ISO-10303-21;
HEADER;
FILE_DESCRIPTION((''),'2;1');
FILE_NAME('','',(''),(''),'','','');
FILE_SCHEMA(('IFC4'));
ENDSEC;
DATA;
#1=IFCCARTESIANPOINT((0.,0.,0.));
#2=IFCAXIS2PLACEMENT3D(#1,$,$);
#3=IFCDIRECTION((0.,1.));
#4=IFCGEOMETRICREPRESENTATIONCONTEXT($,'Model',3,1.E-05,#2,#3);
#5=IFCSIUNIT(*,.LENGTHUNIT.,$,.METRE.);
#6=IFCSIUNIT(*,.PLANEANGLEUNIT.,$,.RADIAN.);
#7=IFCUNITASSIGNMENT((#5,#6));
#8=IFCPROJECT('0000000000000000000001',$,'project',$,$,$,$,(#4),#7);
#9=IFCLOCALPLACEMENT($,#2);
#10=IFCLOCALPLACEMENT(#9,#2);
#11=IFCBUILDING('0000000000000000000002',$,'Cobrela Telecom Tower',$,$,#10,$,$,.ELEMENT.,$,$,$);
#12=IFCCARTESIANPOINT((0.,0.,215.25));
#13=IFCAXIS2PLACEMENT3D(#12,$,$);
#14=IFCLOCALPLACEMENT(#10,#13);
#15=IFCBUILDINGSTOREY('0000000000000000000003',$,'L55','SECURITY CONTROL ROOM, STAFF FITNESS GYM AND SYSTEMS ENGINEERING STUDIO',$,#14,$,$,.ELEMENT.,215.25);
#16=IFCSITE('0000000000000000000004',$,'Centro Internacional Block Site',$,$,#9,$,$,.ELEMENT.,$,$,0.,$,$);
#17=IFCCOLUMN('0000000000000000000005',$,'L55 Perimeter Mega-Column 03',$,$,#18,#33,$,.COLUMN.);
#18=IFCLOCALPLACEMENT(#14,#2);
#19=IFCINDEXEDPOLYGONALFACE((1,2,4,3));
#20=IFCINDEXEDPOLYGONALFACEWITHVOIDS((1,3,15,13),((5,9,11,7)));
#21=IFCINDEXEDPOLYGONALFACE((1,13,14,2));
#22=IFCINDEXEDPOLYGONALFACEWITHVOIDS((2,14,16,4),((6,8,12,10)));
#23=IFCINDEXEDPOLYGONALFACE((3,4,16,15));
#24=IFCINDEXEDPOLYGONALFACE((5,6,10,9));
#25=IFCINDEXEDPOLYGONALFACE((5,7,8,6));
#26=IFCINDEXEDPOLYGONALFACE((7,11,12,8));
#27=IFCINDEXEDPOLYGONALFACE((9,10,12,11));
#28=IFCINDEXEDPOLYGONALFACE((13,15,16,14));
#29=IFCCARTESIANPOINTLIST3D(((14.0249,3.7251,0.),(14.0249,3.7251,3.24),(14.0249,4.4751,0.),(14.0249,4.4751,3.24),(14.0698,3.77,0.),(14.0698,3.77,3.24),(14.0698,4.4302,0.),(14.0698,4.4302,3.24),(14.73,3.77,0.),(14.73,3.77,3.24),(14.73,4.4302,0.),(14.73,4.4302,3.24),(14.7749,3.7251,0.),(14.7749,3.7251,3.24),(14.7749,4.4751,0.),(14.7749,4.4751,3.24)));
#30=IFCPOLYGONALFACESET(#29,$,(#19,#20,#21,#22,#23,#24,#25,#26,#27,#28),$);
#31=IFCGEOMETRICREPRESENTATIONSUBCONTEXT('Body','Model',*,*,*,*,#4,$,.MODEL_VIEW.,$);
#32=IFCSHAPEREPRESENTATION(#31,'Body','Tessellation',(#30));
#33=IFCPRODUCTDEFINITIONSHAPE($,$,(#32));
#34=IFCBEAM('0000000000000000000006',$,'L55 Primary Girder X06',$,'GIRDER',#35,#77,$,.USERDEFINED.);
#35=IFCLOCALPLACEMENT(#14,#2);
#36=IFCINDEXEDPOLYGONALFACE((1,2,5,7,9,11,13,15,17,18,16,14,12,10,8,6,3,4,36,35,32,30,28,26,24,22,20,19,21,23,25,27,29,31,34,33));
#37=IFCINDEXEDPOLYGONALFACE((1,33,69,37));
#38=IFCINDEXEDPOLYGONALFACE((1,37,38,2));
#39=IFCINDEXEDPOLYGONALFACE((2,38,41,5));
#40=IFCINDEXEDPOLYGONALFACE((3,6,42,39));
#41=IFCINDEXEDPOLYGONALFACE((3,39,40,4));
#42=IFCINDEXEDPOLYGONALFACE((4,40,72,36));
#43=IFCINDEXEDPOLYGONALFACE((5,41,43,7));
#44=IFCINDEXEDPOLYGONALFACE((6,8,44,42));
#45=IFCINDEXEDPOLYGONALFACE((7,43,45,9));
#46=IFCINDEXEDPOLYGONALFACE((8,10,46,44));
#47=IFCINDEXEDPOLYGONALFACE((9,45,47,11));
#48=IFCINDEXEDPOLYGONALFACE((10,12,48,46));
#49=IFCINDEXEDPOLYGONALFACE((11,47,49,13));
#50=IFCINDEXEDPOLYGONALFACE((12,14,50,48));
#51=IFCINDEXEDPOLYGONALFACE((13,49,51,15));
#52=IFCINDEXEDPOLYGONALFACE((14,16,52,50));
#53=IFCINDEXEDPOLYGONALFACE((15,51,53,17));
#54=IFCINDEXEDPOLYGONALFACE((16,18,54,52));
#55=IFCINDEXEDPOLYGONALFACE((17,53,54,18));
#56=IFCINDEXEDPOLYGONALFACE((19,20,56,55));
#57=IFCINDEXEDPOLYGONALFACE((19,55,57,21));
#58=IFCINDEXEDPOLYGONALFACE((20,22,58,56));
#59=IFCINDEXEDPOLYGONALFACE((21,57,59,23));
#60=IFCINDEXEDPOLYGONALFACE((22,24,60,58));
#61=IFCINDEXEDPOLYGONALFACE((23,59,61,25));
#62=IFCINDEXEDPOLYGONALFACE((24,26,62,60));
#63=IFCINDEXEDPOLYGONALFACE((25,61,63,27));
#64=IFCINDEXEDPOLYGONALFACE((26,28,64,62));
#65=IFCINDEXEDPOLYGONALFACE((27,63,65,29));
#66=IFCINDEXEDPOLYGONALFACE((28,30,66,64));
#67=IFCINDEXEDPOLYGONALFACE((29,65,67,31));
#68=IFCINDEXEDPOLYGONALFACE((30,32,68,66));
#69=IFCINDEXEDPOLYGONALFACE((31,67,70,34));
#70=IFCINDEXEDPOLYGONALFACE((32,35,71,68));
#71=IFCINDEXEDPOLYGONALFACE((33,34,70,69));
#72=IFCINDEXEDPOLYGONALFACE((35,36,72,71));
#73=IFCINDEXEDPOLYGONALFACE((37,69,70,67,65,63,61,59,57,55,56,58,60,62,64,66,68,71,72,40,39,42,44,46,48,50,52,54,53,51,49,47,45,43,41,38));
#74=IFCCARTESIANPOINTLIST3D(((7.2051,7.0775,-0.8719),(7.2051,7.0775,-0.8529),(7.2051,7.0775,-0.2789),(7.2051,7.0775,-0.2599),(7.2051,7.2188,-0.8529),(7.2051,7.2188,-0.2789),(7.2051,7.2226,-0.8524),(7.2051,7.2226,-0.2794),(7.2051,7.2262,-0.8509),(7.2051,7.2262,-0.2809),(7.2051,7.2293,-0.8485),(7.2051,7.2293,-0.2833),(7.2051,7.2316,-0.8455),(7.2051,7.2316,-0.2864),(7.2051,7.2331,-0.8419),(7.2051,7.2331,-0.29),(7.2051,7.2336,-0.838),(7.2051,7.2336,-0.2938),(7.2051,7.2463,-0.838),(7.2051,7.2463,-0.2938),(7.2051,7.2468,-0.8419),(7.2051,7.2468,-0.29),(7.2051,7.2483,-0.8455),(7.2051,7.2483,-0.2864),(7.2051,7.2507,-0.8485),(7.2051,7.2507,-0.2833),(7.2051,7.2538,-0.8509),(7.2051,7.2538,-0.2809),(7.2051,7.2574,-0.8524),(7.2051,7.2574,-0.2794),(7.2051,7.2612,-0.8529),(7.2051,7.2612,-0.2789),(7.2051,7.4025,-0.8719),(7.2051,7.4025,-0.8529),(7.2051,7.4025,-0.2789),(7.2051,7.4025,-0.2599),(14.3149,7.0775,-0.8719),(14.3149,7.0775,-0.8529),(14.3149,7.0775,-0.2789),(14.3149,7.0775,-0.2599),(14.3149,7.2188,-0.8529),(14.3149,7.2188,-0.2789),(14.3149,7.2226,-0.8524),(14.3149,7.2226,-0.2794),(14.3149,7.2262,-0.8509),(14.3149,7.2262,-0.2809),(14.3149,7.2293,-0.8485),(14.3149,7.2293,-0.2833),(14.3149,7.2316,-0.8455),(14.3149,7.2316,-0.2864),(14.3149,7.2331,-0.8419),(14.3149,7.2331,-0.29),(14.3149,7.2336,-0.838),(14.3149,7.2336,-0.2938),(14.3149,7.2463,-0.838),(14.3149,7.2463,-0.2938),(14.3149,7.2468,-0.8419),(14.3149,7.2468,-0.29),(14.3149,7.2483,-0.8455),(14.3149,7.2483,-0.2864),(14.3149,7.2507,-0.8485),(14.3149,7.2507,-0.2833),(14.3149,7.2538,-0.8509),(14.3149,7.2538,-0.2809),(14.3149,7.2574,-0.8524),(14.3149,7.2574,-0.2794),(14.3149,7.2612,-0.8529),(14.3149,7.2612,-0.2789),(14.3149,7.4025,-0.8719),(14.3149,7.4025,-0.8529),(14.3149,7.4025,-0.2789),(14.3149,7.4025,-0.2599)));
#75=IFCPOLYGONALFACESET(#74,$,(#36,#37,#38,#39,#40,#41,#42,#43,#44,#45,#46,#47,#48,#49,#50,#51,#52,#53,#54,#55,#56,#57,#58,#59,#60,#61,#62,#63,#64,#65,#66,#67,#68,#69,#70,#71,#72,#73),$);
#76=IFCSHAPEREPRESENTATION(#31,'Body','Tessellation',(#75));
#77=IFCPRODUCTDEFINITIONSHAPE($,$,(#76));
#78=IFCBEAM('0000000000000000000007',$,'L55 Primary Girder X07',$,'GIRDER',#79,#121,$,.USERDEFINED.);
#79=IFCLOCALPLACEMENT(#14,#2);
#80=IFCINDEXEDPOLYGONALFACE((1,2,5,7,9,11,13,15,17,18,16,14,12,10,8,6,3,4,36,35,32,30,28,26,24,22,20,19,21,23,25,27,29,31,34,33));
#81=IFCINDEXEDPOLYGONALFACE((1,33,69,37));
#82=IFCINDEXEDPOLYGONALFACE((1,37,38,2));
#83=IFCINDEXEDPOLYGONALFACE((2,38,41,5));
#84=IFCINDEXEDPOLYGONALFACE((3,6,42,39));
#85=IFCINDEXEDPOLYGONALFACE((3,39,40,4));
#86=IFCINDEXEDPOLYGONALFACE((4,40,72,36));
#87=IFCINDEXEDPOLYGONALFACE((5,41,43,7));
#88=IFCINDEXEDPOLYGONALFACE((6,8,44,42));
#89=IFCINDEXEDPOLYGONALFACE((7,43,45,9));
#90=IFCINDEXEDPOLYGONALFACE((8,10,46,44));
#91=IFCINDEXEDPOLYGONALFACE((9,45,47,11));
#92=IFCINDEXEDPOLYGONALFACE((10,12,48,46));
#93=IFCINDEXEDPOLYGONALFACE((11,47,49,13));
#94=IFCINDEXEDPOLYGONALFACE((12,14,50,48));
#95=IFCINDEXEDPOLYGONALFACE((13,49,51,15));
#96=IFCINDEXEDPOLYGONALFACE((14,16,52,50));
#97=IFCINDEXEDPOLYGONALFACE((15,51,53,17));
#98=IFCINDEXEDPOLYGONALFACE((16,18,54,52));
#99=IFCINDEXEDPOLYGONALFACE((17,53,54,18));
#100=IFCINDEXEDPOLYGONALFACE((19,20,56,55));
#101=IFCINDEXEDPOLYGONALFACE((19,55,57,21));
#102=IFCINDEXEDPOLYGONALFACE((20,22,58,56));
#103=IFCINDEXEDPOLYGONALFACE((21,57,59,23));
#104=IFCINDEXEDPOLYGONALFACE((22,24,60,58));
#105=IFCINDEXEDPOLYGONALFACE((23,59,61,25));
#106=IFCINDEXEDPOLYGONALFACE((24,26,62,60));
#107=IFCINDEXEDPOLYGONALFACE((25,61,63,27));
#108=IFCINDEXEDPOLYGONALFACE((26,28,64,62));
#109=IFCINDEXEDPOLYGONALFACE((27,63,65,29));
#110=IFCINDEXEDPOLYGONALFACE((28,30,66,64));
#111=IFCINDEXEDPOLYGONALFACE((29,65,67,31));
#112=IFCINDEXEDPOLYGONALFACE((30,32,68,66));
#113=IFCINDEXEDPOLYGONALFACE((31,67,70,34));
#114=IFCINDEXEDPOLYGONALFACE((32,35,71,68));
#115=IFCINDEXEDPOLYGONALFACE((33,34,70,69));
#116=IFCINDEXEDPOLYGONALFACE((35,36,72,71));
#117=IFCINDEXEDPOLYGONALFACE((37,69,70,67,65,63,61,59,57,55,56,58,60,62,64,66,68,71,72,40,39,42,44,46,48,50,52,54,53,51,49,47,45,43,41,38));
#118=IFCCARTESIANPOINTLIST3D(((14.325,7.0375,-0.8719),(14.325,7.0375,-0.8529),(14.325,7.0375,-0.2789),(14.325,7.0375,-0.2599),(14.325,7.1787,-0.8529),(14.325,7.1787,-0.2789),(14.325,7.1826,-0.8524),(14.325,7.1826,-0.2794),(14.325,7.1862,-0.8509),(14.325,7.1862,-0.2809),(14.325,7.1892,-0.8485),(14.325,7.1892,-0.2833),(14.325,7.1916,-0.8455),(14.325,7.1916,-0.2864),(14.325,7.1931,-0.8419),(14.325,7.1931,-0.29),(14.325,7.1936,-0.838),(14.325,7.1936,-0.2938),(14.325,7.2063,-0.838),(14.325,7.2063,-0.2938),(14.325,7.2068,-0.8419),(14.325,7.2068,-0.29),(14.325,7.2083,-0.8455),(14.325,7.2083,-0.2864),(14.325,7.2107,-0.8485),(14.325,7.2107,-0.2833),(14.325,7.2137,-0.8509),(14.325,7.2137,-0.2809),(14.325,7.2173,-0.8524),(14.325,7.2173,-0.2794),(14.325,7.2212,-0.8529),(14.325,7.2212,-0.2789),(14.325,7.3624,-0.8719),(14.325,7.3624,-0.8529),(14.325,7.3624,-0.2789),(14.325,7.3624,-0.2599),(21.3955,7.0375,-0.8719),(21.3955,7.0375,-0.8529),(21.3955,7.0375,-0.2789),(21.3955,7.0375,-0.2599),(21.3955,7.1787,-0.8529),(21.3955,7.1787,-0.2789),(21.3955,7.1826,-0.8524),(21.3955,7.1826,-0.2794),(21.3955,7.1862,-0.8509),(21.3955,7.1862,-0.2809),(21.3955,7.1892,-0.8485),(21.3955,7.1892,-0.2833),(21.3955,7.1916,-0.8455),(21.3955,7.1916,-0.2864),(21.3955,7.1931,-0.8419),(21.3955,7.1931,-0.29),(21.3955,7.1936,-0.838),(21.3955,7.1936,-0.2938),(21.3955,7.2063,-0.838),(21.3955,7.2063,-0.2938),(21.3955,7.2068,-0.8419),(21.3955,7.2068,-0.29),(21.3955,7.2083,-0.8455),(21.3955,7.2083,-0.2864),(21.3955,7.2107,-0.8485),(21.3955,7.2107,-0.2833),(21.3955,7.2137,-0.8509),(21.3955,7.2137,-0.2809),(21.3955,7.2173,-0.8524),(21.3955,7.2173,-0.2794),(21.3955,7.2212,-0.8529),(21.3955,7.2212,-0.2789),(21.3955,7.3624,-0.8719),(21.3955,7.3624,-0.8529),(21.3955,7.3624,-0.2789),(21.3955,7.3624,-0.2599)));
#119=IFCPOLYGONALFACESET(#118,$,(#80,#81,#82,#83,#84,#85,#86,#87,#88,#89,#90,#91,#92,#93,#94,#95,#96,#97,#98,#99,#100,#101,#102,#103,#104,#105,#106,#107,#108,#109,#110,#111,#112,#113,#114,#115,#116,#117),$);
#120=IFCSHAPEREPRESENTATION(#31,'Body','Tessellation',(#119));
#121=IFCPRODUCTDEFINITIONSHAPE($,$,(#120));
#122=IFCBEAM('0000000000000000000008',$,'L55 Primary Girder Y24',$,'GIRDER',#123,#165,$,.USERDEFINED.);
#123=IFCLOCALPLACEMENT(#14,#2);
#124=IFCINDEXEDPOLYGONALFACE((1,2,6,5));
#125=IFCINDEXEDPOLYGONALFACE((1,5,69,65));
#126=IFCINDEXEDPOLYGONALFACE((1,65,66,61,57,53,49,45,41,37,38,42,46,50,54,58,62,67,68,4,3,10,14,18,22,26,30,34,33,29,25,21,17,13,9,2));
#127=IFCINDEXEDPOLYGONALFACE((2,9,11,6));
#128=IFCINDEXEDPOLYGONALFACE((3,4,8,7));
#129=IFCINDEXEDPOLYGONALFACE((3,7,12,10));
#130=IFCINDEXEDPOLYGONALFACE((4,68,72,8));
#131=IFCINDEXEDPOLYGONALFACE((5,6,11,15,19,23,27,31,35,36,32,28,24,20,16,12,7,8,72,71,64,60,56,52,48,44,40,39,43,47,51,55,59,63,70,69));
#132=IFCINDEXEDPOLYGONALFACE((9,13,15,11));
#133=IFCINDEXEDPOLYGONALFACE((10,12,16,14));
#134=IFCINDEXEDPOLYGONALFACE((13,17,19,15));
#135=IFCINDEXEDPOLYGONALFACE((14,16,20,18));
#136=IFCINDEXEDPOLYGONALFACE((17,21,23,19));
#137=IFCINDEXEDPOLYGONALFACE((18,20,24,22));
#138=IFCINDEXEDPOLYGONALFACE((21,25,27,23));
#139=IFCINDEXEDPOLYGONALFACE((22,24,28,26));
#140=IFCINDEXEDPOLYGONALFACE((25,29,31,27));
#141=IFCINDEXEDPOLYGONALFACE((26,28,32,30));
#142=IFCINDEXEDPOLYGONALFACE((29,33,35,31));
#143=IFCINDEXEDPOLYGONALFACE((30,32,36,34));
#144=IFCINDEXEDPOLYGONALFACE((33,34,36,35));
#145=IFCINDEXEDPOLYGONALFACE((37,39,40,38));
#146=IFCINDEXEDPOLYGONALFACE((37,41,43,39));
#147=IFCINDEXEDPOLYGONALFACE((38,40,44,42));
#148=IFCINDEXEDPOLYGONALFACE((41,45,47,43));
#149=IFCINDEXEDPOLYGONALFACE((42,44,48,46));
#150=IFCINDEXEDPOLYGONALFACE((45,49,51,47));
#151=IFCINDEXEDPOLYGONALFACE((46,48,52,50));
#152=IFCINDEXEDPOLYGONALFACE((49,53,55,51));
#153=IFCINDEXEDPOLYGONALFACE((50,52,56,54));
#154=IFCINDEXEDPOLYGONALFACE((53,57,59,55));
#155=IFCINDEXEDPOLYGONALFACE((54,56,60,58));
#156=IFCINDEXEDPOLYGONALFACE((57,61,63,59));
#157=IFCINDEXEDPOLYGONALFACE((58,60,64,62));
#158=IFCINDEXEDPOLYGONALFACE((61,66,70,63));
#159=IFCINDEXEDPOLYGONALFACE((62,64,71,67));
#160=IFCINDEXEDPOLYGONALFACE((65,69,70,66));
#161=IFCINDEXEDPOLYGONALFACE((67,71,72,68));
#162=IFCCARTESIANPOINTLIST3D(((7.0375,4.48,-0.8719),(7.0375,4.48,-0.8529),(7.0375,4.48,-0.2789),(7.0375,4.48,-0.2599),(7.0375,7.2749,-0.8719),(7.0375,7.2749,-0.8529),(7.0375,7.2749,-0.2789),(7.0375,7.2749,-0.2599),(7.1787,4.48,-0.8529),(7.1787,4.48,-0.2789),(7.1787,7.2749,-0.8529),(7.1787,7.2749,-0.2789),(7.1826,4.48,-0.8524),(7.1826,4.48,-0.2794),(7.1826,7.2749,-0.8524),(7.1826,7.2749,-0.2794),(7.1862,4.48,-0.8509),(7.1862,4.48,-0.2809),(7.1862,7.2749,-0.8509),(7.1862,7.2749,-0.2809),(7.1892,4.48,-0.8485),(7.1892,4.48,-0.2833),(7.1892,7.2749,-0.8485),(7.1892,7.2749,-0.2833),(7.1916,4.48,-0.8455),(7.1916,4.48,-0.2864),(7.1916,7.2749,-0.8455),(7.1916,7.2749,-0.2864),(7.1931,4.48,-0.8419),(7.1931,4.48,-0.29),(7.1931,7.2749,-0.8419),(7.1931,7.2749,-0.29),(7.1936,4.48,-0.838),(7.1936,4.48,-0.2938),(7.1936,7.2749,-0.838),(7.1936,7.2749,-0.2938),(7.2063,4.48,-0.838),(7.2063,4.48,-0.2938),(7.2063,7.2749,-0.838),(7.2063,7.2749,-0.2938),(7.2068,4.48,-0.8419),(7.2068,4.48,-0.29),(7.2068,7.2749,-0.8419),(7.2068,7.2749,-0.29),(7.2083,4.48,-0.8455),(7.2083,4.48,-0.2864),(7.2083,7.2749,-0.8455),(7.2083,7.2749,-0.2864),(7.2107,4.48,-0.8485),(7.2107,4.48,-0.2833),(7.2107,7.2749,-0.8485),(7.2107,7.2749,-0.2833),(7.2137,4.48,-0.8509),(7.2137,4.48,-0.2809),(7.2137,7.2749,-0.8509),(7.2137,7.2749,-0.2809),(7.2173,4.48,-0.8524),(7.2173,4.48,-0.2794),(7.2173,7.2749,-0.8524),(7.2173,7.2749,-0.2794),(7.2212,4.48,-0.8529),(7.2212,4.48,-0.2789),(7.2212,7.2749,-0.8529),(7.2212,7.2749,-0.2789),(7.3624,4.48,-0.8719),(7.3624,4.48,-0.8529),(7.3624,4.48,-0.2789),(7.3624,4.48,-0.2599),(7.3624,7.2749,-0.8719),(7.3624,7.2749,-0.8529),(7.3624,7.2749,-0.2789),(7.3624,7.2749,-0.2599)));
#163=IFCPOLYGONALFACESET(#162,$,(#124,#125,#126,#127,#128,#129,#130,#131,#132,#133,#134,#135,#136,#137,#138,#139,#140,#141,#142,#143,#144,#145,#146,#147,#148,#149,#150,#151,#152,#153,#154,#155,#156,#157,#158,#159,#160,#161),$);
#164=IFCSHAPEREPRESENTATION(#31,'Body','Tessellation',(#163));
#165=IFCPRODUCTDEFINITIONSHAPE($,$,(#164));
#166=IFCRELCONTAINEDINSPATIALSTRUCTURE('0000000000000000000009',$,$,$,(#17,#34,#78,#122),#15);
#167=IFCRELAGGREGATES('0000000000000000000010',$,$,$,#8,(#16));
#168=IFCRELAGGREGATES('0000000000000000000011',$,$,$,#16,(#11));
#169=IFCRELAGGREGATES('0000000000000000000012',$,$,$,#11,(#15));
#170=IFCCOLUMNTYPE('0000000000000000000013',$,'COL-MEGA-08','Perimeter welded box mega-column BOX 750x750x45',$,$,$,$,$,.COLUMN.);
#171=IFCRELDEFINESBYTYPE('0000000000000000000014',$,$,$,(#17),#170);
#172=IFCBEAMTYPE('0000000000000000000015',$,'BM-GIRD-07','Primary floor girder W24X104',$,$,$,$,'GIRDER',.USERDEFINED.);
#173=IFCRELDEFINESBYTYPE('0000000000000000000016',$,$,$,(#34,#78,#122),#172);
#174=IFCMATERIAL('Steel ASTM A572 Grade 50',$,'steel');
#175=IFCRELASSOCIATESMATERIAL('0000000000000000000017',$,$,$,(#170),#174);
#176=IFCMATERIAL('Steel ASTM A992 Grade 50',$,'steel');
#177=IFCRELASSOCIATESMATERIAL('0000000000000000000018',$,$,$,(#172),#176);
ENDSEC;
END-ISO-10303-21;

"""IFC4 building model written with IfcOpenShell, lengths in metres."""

from ifc_helpers import new_model, si_unit, direction, frame, origin, origin_2d, place, context, subcontext, project, spatial, hollow_rectangle, i_section, extrude, material, material_profile, profile_set, type_object, element, save


model = new_model("IFC4")

# Units and contexts
model_context = context("Model", 3, precision=1e-05, world=origin(), true_north=direction((0.0, 1.0)))
body_context = subcontext(model_context, "Body", "Model", "MODEL_VIEW")
ifc_project = project(units=[si_unit("LENGTHUNIT", "METRE"), si_unit("PLANEANGLEUNIT", "RADIAN")], contexts=[model_context])

# Site, building, storey
site_placement = place(None, origin())
site = spatial("IfcSite", under=ifc_project, at=site_placement, Name="Centro Internacional Block Site", CompositionType="ELEMENT", RefElevation=0.0)
building_placement = place(site_placement, origin())
building = spatial("IfcBuilding", under=site, at=building_placement, Name="Cobrela Telecom Tower", CompositionType="ELEMENT")
storey_placement = place(building_placement, frame((0.0, 0.0, 215.25)))
storey = spatial("IfcBuildingStorey", under=building, at=storey_placement, Name="L55", Description="SECURITY CONTROL ROOM, STAFF FITNESS GYM AND SYSTEMS ENGINEERING STUDIO", CompositionType="ELEMENT", Elevation=215.25)

# Column
ifc_material_1 = material(Name="Steel ASTM A572 Grade 50", Category="steel")
ifc_material_profile_1 = material_profile(ifc_material_1, hollow_rectangle(XDim=0.75, YDim=0.75, WallThickness=0.0449, at=origin_2d()), Name="BOX 750x750x45")
ifc_profile_set_1 = profile_set([ifc_material_profile_1], Name="Steel ASTM A572 Grade 50")
column_type = type_object("IfcColumnType", Name="COL-MEGA-08", Description="Perimeter welded box mega-column BOX 750x750x45", PredefinedType="COLUMN", material=ifc_profile_set_1)
column_placement = place(storey_placement, frame((14.3999, 4.1001, 0.0), z_axis=(0.0, 0.0, 1.0), x_axis=(1.0, 0.0, 0.0)))
element("IfcColumn", 1, at=column_placement, inside=storey, type_object=column_type, Name="L55 Perimeter Mega-Column 03", PredefinedType="COLUMN", context=body_context, shape_type="SweptSolid", body=[
    extrude(hollow_rectangle(XDim=0.75, YDim=0.75, WallThickness=0.0449, at=origin_2d()), origin(), (0.0, 0.0, 1.0), 3.24),
])

# Beams
ifc_material_2 = material(Name="Steel ASTM A992 Grade 50", Category="steel")
ifc_material_profile_2 = material_profile(ifc_material_2, i_section(OverallWidth=0.325, OverallDepth=0.6121, WebThickness=0.0127, FlangeThickness=0.019, FilletRadius=0.0149, at=origin_2d()), Name="W24X104")
ifc_profile_set_2 = profile_set([ifc_material_profile_2], Name="Steel ASTM A992 Grade 50")
beam_type_1 = type_object("IfcBeamType", Name="BM-GIRD-07", Description="Primary floor girder W24X104", ElementType="GIRDER", PredefinedType="USERDEFINED", material=ifc_profile_set_2)
beam_1_placement = place(storey_placement, frame((7.2051, 7.24, -0.5659), z_axis=(1.0, 0.0, 0.0), x_axis=(0.0, 1.0, 0.0)))
element("IfcBeam", 2, at=beam_1_placement, inside=storey, type_object=beam_type_1, Name="L55 Primary Girder X06", ObjectType="GIRDER", PredefinedType="USERDEFINED", context=body_context, shape_type="SweptSolid", body=[
    extrude(i_section(OverallWidth=0.325, OverallDepth=0.6121, WebThickness=0.0127, FlangeThickness=0.019, FilletRadius=0.0149, at=origin_2d()), origin(), (0.0, 0.0, 1.0), 7.1099),
])
beam_2_placement = place(storey_placement, frame((14.325, 7.2, -0.5659), z_axis=(1.0, 0.0, 0.0), x_axis=(0.0, 1.0, 0.0)))
element("IfcBeam", 3, at=beam_2_placement, inside=storey, type_object=beam_type_1, Name="L55 Primary Girder X07", ObjectType="GIRDER", PredefinedType="USERDEFINED", context=body_context, shape_type="SweptSolid", body=[
    extrude(i_section(OverallWidth=0.325, OverallDepth=0.6121, WebThickness=0.0127, FlangeThickness=0.019, FilletRadius=0.0149, at=origin_2d()), origin(), (0.0, 0.0, 1.0), 7.0706),
])
beam_3_placement = place(storey_placement, frame((7.2, 4.48, -0.5659), z_axis=(0.0, 1.0, 0.0), x_axis=(-1.0, 0.0, 0.0)))
element("IfcBeam", 4, at=beam_3_placement, inside=storey, type_object=beam_type_1, Name="L55 Primary Girder Y24", ObjectType="GIRDER", PredefinedType="USERDEFINED", context=body_context, shape_type="SweptSolid", body=[
    extrude(i_section(OverallWidth=0.325, OverallDepth=0.6121, WebThickness=0.0127, FlangeThickness=0.019, FilletRadius=0.0149, at=origin_2d()), origin(), (0.0, 0.0, 1.0), 2.7949),
])

save(model, "model.ifc")
